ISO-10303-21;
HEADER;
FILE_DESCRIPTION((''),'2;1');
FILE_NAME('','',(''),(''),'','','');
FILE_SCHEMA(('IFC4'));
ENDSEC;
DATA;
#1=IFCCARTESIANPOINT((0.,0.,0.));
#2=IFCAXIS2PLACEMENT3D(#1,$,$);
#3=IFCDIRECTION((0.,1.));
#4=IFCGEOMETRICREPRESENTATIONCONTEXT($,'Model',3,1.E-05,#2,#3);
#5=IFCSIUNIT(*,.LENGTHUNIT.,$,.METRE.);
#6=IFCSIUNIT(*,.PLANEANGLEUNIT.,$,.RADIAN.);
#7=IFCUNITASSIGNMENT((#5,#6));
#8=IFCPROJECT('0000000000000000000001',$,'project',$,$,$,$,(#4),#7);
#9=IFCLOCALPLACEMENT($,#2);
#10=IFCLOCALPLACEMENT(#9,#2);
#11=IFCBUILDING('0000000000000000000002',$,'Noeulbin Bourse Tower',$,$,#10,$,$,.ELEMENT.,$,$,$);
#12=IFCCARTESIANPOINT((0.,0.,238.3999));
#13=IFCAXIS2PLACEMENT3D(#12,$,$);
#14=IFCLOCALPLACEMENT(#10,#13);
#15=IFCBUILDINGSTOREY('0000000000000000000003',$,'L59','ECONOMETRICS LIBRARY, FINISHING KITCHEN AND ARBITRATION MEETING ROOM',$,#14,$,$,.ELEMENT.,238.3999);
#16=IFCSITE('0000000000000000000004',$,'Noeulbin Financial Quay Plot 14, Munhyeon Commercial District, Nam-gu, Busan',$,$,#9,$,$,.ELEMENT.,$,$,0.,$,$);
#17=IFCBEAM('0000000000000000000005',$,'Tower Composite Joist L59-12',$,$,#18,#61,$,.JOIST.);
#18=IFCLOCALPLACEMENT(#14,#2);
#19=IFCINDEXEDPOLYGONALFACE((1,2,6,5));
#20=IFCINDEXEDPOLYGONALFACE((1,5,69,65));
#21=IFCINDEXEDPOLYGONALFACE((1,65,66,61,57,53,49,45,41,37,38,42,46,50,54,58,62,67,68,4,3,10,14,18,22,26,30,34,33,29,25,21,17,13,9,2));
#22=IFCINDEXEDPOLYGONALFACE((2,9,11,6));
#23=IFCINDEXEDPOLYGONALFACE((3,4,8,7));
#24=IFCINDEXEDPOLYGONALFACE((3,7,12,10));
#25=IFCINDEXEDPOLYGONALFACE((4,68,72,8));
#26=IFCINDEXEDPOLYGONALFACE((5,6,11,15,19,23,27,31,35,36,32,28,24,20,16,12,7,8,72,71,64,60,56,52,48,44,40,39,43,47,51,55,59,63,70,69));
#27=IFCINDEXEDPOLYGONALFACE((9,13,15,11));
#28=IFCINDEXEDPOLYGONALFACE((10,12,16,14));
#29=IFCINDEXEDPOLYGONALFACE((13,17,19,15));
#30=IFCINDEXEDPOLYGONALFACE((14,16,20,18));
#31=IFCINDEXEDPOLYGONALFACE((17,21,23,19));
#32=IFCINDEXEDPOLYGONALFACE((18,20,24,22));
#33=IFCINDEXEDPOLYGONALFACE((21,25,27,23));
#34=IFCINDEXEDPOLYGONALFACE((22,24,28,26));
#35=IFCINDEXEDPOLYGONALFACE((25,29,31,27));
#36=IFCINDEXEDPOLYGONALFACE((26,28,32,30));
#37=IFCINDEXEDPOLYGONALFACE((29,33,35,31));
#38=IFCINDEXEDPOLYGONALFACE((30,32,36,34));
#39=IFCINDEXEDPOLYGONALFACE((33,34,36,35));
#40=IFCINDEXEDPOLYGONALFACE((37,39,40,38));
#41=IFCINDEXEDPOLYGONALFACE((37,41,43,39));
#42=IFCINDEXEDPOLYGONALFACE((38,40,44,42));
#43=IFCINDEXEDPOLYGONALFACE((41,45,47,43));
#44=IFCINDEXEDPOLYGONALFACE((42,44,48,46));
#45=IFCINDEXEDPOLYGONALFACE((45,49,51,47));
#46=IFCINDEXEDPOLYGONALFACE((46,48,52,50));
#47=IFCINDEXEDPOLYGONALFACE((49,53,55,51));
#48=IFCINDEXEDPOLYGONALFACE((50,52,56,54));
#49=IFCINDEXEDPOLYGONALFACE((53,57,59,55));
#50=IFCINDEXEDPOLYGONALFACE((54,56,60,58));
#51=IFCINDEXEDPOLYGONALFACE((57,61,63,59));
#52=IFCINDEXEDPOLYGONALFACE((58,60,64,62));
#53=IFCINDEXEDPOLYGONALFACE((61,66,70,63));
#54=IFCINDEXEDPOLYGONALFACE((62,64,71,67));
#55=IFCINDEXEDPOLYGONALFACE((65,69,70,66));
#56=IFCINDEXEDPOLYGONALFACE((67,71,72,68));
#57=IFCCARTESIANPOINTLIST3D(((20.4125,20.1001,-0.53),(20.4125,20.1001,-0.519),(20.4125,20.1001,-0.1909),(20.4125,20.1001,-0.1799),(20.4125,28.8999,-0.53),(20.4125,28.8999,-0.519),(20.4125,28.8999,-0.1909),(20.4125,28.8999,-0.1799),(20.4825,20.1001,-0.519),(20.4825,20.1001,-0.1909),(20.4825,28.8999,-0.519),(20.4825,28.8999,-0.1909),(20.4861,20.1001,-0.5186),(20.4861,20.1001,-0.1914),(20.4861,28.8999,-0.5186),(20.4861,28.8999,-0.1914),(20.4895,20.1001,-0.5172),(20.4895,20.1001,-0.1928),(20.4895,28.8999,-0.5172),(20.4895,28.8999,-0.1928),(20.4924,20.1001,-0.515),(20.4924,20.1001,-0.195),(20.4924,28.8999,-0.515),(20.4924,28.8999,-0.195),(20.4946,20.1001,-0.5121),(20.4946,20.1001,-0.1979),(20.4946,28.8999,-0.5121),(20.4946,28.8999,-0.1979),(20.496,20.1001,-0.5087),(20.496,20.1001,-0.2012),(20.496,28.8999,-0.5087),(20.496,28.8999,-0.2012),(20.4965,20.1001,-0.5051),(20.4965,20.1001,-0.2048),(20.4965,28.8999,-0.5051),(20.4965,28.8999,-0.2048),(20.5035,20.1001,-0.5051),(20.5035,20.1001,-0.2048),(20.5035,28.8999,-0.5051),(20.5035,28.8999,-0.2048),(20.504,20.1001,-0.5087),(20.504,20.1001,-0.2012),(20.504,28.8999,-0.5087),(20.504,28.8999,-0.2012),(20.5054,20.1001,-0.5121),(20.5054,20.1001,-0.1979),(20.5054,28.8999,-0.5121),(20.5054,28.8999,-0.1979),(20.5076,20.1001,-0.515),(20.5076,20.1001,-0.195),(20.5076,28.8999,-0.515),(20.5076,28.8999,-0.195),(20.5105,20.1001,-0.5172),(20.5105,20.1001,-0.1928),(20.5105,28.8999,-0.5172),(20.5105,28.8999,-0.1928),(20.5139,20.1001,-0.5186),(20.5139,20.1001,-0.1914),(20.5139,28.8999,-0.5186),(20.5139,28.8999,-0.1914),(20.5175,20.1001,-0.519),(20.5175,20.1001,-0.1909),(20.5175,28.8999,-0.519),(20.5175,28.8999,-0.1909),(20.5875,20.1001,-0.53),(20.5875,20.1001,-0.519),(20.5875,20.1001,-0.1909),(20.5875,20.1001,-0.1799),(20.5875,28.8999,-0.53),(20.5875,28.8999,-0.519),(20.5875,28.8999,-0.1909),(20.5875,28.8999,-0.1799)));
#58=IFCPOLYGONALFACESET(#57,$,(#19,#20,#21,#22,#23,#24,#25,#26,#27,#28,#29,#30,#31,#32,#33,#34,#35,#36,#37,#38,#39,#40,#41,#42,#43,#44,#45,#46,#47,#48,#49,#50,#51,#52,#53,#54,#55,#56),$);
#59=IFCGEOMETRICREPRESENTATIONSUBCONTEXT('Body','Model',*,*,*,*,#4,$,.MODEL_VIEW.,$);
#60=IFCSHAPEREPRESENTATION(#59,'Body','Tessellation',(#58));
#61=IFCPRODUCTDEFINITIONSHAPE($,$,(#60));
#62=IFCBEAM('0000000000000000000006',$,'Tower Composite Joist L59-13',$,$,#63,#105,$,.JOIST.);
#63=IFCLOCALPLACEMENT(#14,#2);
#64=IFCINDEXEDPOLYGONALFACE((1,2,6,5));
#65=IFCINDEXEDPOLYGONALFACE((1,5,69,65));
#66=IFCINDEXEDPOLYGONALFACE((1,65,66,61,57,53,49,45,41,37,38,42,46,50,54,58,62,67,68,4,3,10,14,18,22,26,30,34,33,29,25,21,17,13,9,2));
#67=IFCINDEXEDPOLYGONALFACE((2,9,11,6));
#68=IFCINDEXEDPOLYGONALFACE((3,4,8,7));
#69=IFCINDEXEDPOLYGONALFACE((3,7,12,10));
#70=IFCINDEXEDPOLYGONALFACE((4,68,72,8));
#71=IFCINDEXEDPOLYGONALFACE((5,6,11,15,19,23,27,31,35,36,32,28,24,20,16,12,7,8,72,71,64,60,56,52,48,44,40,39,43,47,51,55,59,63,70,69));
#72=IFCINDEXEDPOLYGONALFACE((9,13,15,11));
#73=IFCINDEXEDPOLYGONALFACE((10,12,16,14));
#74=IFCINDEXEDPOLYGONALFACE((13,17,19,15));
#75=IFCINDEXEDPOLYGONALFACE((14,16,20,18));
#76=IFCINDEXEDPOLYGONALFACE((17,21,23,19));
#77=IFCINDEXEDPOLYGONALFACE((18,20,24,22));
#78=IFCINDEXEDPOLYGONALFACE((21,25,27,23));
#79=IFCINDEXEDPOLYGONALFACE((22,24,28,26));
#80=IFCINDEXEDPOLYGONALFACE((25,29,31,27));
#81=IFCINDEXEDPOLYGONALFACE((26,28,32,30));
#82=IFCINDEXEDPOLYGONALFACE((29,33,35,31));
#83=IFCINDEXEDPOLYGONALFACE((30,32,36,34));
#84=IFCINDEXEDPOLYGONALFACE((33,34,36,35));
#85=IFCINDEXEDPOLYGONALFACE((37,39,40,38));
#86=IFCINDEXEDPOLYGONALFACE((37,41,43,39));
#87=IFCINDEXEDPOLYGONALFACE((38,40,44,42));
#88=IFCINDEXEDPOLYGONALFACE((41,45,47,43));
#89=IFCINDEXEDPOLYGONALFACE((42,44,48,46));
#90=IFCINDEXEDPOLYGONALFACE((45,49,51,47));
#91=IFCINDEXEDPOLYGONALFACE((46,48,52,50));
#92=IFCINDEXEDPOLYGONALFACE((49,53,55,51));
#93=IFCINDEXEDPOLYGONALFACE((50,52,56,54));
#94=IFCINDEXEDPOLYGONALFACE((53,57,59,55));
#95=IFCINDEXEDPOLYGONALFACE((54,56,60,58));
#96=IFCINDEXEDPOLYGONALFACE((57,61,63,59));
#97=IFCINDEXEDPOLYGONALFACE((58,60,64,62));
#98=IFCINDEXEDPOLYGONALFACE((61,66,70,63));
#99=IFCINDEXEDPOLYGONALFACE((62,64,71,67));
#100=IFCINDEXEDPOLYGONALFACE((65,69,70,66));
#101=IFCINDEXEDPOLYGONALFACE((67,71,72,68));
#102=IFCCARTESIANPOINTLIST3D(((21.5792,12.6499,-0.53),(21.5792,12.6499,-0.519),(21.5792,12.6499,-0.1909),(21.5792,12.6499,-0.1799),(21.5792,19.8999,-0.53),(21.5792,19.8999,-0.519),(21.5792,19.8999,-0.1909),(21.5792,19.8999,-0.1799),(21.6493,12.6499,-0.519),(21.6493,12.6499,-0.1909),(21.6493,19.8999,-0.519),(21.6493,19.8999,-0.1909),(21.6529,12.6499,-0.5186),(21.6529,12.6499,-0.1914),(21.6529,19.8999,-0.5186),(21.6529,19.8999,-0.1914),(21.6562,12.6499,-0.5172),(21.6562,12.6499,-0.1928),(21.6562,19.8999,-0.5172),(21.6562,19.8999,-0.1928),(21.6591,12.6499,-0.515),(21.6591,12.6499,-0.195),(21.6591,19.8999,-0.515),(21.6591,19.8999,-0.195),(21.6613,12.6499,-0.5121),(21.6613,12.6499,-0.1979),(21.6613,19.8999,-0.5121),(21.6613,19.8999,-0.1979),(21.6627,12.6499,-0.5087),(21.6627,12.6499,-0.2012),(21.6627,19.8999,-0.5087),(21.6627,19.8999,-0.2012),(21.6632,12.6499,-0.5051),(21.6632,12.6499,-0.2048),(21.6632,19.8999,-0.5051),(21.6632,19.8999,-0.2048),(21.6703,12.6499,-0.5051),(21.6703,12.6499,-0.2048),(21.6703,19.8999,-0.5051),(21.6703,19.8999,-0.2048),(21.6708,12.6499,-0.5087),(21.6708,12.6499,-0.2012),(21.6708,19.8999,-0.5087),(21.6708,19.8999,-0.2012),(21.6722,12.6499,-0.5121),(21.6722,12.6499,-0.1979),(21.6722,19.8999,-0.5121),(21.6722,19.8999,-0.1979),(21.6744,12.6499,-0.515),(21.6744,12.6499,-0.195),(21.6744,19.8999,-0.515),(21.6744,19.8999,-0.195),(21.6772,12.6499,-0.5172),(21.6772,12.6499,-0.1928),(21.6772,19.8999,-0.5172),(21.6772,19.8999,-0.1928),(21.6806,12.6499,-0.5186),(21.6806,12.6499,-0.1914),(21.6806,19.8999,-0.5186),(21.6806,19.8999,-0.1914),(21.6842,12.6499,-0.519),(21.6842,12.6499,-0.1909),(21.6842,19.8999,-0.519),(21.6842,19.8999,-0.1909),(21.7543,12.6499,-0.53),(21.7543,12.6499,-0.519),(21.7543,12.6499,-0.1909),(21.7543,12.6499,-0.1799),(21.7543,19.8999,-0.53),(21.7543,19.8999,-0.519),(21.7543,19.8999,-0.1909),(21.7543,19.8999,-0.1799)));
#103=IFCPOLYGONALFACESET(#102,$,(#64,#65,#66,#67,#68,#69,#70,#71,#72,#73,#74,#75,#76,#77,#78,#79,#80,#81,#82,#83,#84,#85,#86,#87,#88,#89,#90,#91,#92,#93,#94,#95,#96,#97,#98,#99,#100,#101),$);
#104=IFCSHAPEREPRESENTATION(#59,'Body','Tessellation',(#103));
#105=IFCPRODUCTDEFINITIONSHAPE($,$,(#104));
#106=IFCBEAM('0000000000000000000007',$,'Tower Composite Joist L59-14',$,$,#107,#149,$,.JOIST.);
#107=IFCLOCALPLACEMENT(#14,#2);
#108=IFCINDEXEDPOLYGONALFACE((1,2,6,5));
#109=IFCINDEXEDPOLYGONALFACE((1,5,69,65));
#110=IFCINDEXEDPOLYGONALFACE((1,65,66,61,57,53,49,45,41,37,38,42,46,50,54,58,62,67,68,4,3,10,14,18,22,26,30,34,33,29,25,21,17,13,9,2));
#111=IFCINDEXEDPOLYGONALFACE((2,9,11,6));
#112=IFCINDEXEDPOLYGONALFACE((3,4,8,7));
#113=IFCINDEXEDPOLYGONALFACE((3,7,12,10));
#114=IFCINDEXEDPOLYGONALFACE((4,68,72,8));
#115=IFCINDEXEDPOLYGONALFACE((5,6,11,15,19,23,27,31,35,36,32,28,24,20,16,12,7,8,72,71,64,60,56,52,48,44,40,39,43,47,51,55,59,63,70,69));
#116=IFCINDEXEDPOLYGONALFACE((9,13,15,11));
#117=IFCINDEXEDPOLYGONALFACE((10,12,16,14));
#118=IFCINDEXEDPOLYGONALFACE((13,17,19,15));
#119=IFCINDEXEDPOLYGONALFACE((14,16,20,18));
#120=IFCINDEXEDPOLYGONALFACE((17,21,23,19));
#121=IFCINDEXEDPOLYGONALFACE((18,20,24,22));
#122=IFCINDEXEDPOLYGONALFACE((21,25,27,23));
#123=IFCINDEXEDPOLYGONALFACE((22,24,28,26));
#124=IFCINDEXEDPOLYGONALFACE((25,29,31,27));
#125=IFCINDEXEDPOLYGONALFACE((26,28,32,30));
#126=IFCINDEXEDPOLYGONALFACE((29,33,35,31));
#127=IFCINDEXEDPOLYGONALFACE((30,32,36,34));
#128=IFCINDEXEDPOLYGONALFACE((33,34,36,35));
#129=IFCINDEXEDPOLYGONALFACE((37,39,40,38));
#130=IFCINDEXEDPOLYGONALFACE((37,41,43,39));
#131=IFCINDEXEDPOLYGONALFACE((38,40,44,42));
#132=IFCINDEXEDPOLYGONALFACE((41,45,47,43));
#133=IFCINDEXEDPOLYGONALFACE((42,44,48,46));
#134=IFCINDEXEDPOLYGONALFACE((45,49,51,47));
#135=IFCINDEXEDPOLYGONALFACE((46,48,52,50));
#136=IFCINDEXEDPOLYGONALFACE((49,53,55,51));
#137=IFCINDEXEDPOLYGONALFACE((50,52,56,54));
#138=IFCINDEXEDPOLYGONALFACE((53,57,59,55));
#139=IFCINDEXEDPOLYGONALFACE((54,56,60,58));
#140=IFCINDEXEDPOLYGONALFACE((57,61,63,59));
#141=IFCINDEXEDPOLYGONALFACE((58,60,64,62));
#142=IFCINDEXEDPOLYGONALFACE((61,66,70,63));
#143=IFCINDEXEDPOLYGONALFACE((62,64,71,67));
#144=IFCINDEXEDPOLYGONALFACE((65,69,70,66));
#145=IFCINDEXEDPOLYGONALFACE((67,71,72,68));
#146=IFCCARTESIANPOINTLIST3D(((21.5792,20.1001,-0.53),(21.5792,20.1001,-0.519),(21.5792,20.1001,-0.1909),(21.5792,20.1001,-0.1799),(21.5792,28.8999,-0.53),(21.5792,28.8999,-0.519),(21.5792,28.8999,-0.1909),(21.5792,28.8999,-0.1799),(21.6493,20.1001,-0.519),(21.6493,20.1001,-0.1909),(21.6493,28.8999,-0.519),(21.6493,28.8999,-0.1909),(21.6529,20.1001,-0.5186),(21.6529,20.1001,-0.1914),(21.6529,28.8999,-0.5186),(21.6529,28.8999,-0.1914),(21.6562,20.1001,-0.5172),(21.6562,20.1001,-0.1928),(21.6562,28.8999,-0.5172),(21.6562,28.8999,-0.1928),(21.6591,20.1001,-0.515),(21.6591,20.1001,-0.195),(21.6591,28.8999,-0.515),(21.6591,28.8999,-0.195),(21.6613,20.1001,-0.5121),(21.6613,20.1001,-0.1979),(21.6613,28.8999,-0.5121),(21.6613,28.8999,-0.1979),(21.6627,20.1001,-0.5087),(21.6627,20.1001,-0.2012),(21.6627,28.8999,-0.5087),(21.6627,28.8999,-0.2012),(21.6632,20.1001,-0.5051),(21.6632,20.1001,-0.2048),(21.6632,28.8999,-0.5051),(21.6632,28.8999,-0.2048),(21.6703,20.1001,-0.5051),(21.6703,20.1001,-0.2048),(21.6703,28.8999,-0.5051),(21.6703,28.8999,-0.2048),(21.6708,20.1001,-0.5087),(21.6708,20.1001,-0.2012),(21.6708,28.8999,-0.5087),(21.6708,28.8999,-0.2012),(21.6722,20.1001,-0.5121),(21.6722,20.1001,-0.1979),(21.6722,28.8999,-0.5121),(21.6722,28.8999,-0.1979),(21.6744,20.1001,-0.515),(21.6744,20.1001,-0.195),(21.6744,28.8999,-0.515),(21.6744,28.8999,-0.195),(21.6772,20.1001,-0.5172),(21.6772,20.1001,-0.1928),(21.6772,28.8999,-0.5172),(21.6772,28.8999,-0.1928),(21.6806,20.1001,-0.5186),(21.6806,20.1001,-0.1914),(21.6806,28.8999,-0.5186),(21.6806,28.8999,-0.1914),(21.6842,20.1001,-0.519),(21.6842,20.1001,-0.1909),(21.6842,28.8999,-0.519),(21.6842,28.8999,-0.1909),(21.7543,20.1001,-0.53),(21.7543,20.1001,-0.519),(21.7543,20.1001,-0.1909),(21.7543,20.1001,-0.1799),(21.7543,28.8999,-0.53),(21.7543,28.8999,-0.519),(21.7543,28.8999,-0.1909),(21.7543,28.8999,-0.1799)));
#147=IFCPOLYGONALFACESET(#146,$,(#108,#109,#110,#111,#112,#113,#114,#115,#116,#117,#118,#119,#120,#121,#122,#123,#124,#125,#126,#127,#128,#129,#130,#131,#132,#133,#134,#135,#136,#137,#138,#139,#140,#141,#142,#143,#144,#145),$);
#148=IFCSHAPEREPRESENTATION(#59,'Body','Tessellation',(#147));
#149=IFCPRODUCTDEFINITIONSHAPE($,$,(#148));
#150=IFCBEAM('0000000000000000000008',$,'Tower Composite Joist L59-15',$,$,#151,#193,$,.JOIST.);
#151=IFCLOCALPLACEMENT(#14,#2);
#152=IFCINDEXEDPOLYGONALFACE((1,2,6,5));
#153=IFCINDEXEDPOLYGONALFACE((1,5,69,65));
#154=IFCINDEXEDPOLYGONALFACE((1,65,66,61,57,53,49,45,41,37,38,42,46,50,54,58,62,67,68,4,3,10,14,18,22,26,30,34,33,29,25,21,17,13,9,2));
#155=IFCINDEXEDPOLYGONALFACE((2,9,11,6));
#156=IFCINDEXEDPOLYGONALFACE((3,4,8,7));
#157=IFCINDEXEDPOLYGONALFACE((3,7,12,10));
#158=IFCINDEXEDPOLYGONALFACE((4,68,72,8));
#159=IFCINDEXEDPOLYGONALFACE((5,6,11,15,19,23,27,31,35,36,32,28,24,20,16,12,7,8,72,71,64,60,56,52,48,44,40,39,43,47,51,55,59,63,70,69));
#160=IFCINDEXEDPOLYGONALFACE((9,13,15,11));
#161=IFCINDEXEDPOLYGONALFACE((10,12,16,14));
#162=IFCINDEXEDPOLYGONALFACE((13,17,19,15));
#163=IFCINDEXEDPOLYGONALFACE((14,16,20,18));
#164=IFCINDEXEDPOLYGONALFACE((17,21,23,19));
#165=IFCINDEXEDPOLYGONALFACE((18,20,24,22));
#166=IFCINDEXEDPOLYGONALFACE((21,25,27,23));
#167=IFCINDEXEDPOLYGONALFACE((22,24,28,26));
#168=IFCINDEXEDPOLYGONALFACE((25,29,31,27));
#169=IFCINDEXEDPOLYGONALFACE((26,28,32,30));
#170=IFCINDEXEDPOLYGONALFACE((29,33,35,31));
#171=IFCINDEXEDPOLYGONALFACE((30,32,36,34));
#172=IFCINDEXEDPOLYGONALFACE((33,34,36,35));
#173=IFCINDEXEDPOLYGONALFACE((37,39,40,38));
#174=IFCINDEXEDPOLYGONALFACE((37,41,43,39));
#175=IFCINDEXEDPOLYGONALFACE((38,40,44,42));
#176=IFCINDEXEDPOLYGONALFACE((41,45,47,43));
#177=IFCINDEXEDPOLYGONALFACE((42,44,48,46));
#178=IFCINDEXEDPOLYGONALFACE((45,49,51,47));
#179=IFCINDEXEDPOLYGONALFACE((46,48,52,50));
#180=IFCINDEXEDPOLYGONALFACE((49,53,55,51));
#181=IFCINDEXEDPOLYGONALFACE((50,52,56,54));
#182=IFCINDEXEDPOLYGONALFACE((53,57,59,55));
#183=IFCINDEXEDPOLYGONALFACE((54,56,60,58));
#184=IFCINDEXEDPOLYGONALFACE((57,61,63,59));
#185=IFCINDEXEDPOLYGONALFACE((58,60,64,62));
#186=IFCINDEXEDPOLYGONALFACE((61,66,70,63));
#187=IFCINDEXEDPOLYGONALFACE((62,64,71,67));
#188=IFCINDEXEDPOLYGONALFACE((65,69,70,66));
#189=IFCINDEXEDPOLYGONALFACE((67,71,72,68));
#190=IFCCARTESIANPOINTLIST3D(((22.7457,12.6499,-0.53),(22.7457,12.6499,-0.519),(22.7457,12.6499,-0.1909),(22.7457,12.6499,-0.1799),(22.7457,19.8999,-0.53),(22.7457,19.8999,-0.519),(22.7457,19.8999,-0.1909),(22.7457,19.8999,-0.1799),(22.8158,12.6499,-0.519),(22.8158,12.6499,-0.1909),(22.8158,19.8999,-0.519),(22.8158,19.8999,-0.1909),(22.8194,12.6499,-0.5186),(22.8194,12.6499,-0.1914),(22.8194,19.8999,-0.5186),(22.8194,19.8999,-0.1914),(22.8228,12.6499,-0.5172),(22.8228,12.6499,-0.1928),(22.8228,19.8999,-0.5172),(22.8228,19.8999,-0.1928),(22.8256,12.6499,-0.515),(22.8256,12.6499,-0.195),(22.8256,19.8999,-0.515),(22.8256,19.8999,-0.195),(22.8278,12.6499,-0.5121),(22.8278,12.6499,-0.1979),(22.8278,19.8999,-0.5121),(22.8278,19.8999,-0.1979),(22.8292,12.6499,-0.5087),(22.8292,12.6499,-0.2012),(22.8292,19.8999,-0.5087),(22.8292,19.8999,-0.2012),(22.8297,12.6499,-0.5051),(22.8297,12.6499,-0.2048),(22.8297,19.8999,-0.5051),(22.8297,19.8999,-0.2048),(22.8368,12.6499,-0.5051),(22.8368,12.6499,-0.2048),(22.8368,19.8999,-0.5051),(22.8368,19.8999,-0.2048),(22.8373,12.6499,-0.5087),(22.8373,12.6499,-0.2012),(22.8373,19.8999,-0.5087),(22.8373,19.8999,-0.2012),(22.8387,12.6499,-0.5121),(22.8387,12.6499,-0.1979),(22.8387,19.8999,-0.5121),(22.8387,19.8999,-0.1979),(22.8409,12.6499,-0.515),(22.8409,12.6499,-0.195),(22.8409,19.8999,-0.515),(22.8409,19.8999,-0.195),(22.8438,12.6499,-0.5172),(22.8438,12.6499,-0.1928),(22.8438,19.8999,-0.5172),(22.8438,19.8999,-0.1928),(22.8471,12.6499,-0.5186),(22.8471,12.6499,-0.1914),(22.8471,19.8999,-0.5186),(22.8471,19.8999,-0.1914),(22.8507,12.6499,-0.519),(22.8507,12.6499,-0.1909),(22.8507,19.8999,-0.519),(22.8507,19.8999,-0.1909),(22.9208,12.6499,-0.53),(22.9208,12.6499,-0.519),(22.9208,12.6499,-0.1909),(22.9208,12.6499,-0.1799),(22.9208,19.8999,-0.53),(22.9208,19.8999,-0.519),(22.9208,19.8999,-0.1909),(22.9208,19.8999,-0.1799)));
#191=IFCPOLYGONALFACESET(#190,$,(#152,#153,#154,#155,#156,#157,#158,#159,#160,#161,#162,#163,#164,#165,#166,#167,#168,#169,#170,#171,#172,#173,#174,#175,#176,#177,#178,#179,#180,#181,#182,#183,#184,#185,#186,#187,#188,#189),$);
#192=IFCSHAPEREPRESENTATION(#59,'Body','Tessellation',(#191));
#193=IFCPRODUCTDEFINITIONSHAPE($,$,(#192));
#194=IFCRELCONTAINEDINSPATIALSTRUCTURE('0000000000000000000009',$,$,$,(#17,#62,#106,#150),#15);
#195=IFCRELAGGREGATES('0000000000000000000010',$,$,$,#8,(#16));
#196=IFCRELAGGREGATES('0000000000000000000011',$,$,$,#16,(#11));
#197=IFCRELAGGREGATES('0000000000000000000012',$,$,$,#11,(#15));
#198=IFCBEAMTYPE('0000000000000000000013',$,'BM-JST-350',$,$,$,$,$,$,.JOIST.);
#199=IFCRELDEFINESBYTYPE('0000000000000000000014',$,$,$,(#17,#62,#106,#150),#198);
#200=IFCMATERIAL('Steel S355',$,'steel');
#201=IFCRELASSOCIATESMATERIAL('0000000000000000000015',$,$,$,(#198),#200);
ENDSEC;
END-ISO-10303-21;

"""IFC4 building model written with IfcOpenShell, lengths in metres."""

from ifc_helpers import new_model, si_unit, direction, frame, origin, origin_2d, place, context, subcontext, project, spatial, i_section, extrude, material, material_profile, profile_set, type_object, element, save


model = new_model("IFC4")

# Units and contexts
model_context = context("Model", 3, precision=1e-05, world=origin(), true_north=direction((0.0, 1.0)))
body_context = subcontext(model_context, "Body", "Model", "MODEL_VIEW")
ifc_project = project(units=[si_unit("LENGTHUNIT", "METRE"), si_unit("PLANEANGLEUNIT", "RADIAN")], contexts=[model_context])

# Site, building, storey
site_placement = place(None, origin())
site = spatial("IfcSite", under=ifc_project, at=site_placement, Name="Noeulbin Financial Quay Plot 14, Munhyeon Commercial District, Nam-gu, Busan", CompositionType="ELEMENT", RefElevation=0.0)
building_placement = place(site_placement, origin())
building = spatial("IfcBuilding", under=site, at=building_placement, Name="Noeulbin Bourse Tower", CompositionType="ELEMENT")
storey_placement = place(building_placement, frame((0.0, 0.0, 238.3999)))
storey = spatial("IfcBuildingStorey", under=building, at=storey_placement, Name="L59", Description="ECONOMETRICS LIBRARY, FINISHING KITCHEN AND ARBITRATION MEETING ROOM", CompositionType="ELEMENT", Elevation=238.3999)

# Shared definitions
ifc_material_1 = material(Name="Steel S355", Category="steel")

# Beams
ifc_material_profile_1 = material_profile(ifc_material_1, i_section(OverallWidth=0.175, OverallDepth=0.3501, WebThickness=0.0071, FlangeThickness=0.011, FilletRadius=0.0139, at=origin_2d()), Name="H-350x175x7x11", Category="LoadBearing")
ifc_profile_set_1 = profile_set([ifc_material_profile_1], Name="Steel S355")
beam_type_1 = type_object("IfcBeamType", Name="BM-JST-350", PredefinedType="JOIST", material=ifc_profile_set_1)
beam_1_placement = place(storey_placement, frame((20.5, 20.1001, -0.355), z_axis=(0.0, 1.0, 0.0), x_axis=(-1.0, 0.0, 0.0)))
element("IfcBeam", 1, at=beam_1_placement, inside=storey, type_object=beam_type_1, Name="Tower Composite Joist L59-12", PredefinedType="JOIST", context=body_context, shape_type="SweptSolid", body=[
    extrude(i_section(OverallWidth=0.175, OverallDepth=0.3501, WebThickness=0.0071, FlangeThickness=0.011, FilletRadius=0.0139, at=origin_2d()), origin(), (0.0, 0.0, 1.0), 8.7998),
])
beam_2_placement = place(storey_placement, frame((21.6667, 12.6499, -0.355), z_axis=(0.0, 1.0, 0.0), x_axis=(-1.0, 0.0, 0.0)))
element("IfcBeam", 2, at=beam_2_placement, inside=storey, type_object=beam_type_1, Name="Tower Composite Joist L59-13", PredefinedType="JOIST", context=body_context, shape_type="SweptSolid", body=[
    extrude(i_section(OverallWidth=0.175, OverallDepth=0.3501, WebThickness=0.0071, FlangeThickness=0.011, FilletRadius=0.0139, at=origin_2d()), origin(), (0.0, 0.0, 1.0), 7.25),
])
beam_3_placement = place(storey_placement, frame((21.6667, 20.1001, -0.355), z_axis=(0.0, 1.0, 0.0), x_axis=(-1.0, 0.0, 0.0)))
element("IfcBeam", 3, at=beam_3_placement, inside=storey, type_object=beam_type_1, Name="Tower Composite Joist L59-14", PredefinedType="JOIST", context=body_context, shape_type="SweptSolid", body=[
    extrude(i_section(OverallWidth=0.175, OverallDepth=0.3501, WebThickness=0.0071, FlangeThickness=0.011, FilletRadius=0.0139, at=origin_2d()), origin(), (0.0, 0.0, 1.0), 8.7998),
])
beam_4_placement = place(storey_placement, frame((22.8333, 12.6499, -0.355), z_axis=(0.0, 1.0, 0.0), x_axis=(-1.0, 0.0, 0.0)))
element("IfcBeam", 4, at=beam_4_placement, inside=storey, type_object=beam_type_1, Name="Tower Composite Joist L59-15", PredefinedType="JOIST", context=body_context, shape_type="SweptSolid", body=[
    extrude(i_section(OverallWidth=0.175, OverallDepth=0.3501, WebThickness=0.0071, FlangeThickness=0.011, FilletRadius=0.0139, at=origin_2d()), origin(), (0.0, 0.0, 1.0), 7.25),
])

save(model, "model.ifc")
